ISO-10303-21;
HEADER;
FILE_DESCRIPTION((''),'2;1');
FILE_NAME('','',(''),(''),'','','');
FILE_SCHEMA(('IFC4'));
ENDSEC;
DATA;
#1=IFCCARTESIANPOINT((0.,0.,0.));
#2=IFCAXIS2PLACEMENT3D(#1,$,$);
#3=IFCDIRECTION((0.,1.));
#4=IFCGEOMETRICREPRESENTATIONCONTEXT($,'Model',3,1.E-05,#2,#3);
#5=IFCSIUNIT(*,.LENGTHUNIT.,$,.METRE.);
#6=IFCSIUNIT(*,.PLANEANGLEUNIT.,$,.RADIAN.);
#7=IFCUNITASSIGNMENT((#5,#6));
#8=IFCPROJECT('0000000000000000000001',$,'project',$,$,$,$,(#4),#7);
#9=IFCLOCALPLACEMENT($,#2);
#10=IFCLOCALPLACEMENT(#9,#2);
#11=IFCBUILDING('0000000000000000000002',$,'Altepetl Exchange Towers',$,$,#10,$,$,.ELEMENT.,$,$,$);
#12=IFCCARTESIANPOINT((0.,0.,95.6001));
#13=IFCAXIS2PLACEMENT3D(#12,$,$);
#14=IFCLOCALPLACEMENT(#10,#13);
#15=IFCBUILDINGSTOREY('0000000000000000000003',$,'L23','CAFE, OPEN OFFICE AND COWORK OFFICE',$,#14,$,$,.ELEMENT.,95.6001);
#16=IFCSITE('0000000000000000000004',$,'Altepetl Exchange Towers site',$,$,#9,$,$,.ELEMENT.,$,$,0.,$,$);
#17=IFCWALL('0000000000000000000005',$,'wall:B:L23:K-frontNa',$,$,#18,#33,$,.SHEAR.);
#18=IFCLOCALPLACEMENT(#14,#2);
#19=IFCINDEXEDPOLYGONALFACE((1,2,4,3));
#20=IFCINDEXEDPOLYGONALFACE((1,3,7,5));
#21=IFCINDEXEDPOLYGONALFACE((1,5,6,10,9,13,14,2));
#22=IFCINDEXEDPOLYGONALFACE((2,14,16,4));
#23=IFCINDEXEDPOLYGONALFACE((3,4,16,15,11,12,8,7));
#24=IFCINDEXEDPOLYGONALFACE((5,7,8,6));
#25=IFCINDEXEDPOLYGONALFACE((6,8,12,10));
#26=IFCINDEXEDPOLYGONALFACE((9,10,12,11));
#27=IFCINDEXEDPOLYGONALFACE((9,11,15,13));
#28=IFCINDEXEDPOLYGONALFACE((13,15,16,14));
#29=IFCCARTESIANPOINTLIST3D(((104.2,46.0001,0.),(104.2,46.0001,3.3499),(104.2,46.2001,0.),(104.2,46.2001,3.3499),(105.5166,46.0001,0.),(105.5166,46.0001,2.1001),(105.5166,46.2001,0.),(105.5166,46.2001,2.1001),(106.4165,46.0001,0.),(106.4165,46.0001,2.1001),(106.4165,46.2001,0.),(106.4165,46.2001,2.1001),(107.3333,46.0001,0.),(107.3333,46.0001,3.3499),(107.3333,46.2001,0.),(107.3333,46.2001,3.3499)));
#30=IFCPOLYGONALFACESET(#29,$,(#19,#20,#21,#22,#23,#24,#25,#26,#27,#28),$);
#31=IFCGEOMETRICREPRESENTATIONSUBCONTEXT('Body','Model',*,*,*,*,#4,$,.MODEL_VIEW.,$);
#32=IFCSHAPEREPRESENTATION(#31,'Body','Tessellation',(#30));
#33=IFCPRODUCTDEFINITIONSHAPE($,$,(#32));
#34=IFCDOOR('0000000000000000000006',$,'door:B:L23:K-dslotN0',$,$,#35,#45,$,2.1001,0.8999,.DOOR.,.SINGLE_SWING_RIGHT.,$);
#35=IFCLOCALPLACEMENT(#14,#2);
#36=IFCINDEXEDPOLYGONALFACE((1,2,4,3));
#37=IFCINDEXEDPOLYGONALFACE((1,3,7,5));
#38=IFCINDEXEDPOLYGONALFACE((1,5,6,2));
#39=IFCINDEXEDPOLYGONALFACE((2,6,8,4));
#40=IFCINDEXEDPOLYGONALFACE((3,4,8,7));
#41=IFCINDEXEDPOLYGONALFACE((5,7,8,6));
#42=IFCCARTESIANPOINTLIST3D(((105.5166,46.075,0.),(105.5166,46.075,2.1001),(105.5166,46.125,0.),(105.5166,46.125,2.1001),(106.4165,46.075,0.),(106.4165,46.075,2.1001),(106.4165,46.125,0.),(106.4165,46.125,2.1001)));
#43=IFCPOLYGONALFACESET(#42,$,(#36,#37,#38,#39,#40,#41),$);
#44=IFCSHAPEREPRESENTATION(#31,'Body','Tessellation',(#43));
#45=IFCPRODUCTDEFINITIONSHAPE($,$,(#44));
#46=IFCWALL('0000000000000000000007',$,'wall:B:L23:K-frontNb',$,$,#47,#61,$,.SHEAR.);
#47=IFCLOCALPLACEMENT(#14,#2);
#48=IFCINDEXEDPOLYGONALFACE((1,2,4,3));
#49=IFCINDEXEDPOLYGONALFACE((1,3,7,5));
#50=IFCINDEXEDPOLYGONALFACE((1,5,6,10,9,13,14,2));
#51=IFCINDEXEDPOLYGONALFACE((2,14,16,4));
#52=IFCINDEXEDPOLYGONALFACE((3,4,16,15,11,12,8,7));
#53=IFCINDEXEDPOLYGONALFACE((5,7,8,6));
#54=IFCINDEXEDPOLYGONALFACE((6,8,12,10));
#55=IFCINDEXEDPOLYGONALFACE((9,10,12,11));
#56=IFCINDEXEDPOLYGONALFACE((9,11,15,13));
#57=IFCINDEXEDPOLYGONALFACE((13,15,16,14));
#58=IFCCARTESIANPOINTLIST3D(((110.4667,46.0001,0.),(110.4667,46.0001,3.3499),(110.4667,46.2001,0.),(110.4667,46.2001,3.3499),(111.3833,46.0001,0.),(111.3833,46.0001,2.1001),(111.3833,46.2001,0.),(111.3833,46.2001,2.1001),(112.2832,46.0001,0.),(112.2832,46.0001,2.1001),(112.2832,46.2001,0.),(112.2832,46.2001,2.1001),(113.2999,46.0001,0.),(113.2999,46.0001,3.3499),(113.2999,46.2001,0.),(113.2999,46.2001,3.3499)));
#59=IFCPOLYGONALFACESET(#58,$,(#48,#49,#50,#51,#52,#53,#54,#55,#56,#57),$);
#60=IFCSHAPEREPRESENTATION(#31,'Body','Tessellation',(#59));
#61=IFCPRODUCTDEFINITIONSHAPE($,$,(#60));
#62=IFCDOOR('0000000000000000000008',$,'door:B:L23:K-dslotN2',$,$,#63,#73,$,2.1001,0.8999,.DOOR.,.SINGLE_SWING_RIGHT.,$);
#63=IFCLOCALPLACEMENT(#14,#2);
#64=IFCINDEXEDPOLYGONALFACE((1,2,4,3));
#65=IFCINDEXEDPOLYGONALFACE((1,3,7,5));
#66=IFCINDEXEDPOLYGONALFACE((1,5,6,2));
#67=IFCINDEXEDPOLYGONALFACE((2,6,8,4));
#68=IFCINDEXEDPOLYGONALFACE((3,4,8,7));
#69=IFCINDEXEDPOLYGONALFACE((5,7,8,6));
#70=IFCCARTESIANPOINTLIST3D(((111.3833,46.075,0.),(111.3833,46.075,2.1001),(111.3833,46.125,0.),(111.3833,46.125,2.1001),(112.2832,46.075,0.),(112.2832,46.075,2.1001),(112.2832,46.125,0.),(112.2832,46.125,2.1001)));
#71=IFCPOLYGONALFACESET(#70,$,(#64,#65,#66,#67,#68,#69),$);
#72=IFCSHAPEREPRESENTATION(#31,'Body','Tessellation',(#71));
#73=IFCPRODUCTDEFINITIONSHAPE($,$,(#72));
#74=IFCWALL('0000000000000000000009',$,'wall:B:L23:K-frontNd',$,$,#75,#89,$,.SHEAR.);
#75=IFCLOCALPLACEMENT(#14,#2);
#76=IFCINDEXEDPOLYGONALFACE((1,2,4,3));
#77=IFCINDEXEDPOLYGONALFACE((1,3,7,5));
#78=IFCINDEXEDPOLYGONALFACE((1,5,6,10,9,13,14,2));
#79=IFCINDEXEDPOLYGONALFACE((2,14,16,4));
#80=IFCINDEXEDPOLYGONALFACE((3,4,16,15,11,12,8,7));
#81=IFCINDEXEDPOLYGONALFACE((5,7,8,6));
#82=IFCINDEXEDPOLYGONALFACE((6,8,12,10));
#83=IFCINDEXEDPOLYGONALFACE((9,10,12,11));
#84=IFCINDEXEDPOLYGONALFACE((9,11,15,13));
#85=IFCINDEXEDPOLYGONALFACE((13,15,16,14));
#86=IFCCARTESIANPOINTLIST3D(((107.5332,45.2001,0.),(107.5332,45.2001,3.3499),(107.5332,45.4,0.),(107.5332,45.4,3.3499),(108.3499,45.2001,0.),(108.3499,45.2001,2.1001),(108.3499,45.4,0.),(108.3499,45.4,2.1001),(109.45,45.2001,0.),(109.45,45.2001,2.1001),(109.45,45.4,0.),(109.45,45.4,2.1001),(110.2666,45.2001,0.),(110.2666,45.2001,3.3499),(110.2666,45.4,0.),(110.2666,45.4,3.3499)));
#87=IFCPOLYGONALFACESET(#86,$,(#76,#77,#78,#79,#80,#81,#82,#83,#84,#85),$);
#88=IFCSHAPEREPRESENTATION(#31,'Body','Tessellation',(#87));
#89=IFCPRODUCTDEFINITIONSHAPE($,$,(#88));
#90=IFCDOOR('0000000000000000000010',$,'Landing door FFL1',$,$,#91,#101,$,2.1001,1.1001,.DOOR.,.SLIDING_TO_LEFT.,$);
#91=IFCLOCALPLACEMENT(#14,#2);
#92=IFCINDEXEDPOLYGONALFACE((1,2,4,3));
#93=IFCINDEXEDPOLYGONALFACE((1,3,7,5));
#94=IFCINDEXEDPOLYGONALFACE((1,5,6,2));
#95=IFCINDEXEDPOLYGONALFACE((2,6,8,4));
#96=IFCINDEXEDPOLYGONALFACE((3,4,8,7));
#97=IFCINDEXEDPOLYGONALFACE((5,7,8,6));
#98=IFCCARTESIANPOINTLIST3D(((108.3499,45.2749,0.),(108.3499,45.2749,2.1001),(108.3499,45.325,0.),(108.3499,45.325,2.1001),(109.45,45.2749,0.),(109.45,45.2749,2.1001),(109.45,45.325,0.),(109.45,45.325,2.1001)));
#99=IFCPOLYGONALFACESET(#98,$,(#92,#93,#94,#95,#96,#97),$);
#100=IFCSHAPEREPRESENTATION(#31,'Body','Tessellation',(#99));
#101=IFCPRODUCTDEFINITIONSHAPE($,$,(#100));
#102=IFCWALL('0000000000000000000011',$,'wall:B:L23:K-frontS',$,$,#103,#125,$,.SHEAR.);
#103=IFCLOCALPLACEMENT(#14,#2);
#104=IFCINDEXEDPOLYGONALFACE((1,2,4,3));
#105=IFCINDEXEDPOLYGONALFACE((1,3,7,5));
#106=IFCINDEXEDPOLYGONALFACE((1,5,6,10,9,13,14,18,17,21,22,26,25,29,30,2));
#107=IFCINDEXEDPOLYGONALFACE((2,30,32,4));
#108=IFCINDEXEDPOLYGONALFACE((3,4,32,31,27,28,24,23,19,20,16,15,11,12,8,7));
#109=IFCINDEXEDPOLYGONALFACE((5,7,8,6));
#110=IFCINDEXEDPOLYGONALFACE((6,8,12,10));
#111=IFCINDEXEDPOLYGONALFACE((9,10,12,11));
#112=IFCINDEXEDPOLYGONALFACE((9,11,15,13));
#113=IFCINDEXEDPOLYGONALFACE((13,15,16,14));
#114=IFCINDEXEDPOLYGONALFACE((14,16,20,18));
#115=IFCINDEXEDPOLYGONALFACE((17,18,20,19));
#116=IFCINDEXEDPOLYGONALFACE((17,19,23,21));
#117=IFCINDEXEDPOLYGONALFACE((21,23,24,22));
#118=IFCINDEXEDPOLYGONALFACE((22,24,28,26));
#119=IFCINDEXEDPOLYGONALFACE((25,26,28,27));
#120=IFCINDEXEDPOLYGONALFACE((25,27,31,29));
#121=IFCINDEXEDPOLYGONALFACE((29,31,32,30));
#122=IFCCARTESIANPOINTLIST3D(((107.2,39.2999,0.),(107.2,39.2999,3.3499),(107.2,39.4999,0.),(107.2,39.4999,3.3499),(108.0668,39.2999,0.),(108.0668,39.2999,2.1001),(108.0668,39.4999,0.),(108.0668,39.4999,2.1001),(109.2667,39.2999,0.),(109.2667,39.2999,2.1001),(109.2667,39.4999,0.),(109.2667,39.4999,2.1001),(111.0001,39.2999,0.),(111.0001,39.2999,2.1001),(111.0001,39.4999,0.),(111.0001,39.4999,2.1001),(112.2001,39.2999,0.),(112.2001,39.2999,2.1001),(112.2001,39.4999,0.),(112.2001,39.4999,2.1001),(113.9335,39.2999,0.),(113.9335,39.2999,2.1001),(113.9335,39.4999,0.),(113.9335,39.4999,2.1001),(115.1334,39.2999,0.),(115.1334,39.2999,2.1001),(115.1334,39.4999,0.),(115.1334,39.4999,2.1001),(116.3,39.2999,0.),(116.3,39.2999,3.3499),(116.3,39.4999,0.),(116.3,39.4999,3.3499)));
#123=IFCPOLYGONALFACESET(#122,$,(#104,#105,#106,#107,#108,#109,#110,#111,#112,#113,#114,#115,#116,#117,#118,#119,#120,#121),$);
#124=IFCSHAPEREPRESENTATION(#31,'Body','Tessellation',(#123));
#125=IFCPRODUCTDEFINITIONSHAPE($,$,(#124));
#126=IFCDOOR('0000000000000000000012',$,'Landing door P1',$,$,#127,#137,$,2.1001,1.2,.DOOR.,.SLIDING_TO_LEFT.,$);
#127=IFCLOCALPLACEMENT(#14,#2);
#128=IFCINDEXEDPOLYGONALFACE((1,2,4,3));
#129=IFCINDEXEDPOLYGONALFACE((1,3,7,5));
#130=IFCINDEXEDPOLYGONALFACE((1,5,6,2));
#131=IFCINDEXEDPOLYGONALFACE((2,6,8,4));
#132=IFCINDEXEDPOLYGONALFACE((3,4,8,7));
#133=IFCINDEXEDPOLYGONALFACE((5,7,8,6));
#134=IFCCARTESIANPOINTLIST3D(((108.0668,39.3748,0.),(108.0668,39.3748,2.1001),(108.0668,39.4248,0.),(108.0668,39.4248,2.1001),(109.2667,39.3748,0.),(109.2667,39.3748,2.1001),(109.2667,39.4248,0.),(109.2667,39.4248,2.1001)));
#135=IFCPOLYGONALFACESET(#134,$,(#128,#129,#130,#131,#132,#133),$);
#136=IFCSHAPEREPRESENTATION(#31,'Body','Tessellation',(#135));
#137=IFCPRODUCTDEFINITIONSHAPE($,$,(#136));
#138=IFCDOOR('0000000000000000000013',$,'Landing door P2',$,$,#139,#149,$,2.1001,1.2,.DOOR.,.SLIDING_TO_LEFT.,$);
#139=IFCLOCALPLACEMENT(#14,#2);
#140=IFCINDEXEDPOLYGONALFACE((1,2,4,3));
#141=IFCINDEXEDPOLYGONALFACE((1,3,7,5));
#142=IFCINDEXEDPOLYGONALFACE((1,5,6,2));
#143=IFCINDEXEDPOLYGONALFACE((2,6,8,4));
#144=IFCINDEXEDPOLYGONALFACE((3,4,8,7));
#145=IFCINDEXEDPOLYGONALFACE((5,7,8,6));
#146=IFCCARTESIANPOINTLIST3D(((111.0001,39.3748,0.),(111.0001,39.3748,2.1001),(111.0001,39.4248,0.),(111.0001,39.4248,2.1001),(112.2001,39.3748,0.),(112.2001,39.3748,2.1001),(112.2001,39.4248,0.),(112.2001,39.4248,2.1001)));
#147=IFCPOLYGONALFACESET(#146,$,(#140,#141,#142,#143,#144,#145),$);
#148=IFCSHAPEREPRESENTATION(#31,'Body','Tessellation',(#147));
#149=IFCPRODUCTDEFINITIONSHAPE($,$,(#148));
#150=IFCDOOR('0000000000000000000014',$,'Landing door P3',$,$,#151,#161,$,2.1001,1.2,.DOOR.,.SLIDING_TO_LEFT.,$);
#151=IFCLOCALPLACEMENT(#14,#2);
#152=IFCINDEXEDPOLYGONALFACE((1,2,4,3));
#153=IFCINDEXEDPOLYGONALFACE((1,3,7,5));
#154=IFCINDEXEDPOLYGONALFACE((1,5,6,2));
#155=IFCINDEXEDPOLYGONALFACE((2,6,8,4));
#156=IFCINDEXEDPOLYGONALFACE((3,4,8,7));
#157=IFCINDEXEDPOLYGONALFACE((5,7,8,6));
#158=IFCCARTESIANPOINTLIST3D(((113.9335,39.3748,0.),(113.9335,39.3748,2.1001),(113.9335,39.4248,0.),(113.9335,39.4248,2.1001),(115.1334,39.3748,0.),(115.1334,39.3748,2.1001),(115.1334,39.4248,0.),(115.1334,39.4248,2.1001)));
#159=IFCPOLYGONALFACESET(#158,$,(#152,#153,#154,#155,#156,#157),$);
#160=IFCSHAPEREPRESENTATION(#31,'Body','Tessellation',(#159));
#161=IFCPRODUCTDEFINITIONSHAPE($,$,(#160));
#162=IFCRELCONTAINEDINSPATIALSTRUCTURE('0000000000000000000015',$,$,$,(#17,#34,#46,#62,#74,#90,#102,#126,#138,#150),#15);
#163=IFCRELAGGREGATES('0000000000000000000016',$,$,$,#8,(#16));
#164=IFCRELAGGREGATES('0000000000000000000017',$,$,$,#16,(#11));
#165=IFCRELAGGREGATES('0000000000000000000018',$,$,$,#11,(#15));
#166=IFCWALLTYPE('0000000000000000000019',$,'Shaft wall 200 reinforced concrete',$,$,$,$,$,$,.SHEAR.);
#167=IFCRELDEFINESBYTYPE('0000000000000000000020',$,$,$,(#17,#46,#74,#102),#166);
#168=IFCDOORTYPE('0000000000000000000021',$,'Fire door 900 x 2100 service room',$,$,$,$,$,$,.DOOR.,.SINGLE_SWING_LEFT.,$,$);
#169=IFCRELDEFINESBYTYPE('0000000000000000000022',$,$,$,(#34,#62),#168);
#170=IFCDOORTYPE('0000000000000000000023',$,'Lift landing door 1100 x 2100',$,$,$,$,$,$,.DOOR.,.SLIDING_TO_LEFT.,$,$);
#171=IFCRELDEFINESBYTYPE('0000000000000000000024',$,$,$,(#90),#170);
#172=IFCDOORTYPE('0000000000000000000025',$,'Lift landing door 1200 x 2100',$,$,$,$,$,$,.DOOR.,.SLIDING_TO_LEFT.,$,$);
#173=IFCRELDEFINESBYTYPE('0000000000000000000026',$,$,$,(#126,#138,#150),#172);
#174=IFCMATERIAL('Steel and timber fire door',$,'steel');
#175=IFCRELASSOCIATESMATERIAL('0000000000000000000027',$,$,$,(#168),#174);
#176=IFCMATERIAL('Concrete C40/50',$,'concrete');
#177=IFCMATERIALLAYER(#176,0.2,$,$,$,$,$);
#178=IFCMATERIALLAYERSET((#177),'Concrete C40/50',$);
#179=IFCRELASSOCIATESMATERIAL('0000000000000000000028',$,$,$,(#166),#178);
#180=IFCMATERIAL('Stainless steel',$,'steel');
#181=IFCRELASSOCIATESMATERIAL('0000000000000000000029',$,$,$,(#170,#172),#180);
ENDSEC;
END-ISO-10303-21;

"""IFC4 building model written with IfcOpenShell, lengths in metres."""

from ifc_helpers import new_model, si_unit, direction, frame, frame_2d, origin, place, context, subcontext, project, spatial, rectangle, extrude, material, layer, layer_set, type_object, element, fill, save


model = new_model("IFC4")

# Units and contexts
model_context = context("Model", 3, precision=1e-05, world=origin(), true_north=direction((0.0, 1.0)))
body_context = subcontext(model_context, "Body", "Model", "MODEL_VIEW")
ifc_project = project(units=[si_unit("LENGTHUNIT", "METRE"), si_unit("PLANEANGLEUNIT", "RADIAN")], contexts=[model_context])

# Site, building, storey
site_placement = place(None, origin())
site = spatial("IfcSite", under=ifc_project, at=site_placement, Name="Altepetl Exchange Towers site", CompositionType="ELEMENT", RefElevation=0.0)
building_placement = place(site_placement, origin())
building = spatial("IfcBuilding", under=site, at=building_placement, Name="Altepetl Exchange Towers", CompositionType="ELEMENT")
storey_placement = place(building_placement, frame((0.0, 0.0, 95.6001)))
storey = spatial("IfcBuildingStorey", under=building, at=storey_placement, Name="L23", Description="CAFE, OPEN OFFICE AND COWORK OFFICE", CompositionType="ELEMENT", Elevation=95.6001)

# Shared definitions
ifc_material_1 = material(Name="Steel and timber fire door", Category="steel")
door_type_1 = type_object("IfcDoorType", Name="Fire door 900 x 2100 service room", OperationType="SINGLE_SWING_LEFT", PredefinedType="DOOR", material=ifc_material_1)

# Shared definitions
ifc_material_2 = material(Name="Concrete C40/50", Category="concrete")
ifc_layer_1 = layer(ifc_material_2, 0.2)
ifc_layer_set_1 = layer_set([ifc_layer_1], Name="Concrete C40/50")
wall_type_1 = type_object("IfcWallType", Name="Shaft wall 200 reinforced concrete", PredefinedType="SHEAR", material=ifc_layer_set_1)

# Walls, openings, doors
wall_1_placement = place(storey_placement, frame((104.2, 46.1001, 0.0)))
wall_1 = element("IfcWall", 1, at=wall_1_placement, inside=storey, type_object=wall_type_1, Name="wall:B:L23:K-frontNa", PredefinedType="SHEAR", context=body_context, shape_type="SweptSolid", body=[
    extrude(rectangle(XDim=3.1333, YDim=0.2, at=frame_2d((1.5667, 0.0))), origin(), (0.0, 0.0, 1.0), 3.3499),
])
opening_1_placement = place(wall_1_placement, frame((1.3167, 0.0, 0.0)))
opening_1 = element("IfcOpeningElement", 2, at=opening_1_placement, cuts=wall_1, PredefinedType="OPENING", context=body_context, shape_type="SweptSolid", body=[
    extrude(rectangle(XDim=0.8999, YDim=2.1001, at=frame_2d((0.45, 1.05))), frame((0.0, 0.1099, 0.0), z_axis=(0.0, -1.0, 0.0), x_axis=(1.0, 0.0, 0.0)), (0.0, 0.0, 1.0), 0.22),
])
door_1_placement = place(opening_1_placement, origin())
door_1 = element("IfcDoor", 3, at=door_1_placement, inside=storey, type_object=door_type_1, Name="door:B:L23:K-dslotN0", OperationType="SINGLE_SWING_RIGHT", OverallHeight=2.1001, OverallWidth=0.8999, PredefinedType="DOOR", context=body_context, shape_type="SweptSolid", body=[
    extrude(rectangle(XDim=0.8999, YDim=2.1001, at=frame_2d((0.45, 1.05))), frame((0.0, 0.0249, 0.0), z_axis=(0.0, -1.0, 0.0), x_axis=(1.0, 0.0, 0.0)), (0.0, 0.0, 1.0), 0.05),
])
fill(opening_1, door_1)
wall_2_placement = place(storey_placement, frame((110.4668, 46.1001, 0.0)))
wall_2 = element("IfcWall", 4, at=wall_2_placement, inside=storey, type_object=wall_type_1, Name="wall:B:L23:K-frontNb", PredefinedType="SHEAR", context=body_context, shape_type="SweptSolid", body=[
    extrude(rectangle(XDim=2.8333, YDim=0.2, at=frame_2d((1.4165, 0.0))), origin(), (0.0, 0.0, 1.0), 3.3499),
])
opening_2_placement = place(wall_2_placement, frame((0.9165, 0.0, 0.0)))
opening_2 = element("IfcOpeningElement", 5, at=opening_2_placement, cuts=wall_2, PredefinedType="OPENING", context=body_context, shape_type="SweptSolid", body=[
    extrude(rectangle(XDim=0.8999, YDim=2.1001, at=frame_2d((0.45, 1.05))), frame((0.0, 0.1099, 0.0), z_axis=(0.0, -1.0, 0.0), x_axis=(1.0, 0.0, 0.0)), (0.0, 0.0, 1.0), 0.22),
])
door_2_placement = place(opening_2_placement, origin())
door_2 = element("IfcDoor", 6, at=door_2_placement, inside=storey, type_object=door_type_1, Name="door:B:L23:K-dslotN2", OperationType="SINGLE_SWING_RIGHT", OverallHeight=2.1001, OverallWidth=0.8999, PredefinedType="DOOR", context=body_context, shape_type="SweptSolid", body=[
    extrude(rectangle(XDim=0.8999, YDim=2.1001, at=frame_2d((0.45, 1.05))), frame((0.0, 0.0249, 0.0), z_axis=(0.0, -1.0, 0.0), x_axis=(1.0, 0.0, 0.0)), (0.0, 0.0, 1.0), 0.05),
])
fill(opening_2, door_2)
wall_3_placement = place(storey_placement, frame((107.5332, 45.3, 0.0)))
wall_3 = element("IfcWall", 7, at=wall_3_placement, inside=storey, type_object=wall_type_1, Name="wall:B:L23:K-frontNd", PredefinedType="SHEAR", context=body_context, shape_type="SweptSolid", body=[
    extrude(rectangle(XDim=2.7334, YDim=0.2, at=frame_2d((1.3667, 0.0))), origin(), (0.0, 0.0, 1.0), 3.3499),
])
opening_3_placement = place(wall_3_placement, frame((0.8167, 0.0, 0.0)))
opening_3 = element("IfcOpeningElement", 8, at=opening_3_placement, cuts=wall_3, PredefinedType="OPENING", context=body_context, shape_type="SweptSolid", body=[
    extrude(rectangle(XDim=1.1001, YDim=2.1001, at=frame_2d((0.55, 1.05))), frame((0.0, 0.1099, 0.0), z_axis=(0.0, -1.0, 0.0), x_axis=(1.0, 0.0, 0.0)), (0.0, 0.0, 1.0), 0.22),
])
ifc_material_3 = material(Name="Stainless steel", Category="steel")
door_type_2 = type_object("IfcDoorType", Name="Lift landing door 1100 x 2100", OperationType="SLIDING_TO_LEFT", PredefinedType="DOOR", material=ifc_material_3)
door_3_placement = place(opening_3_placement, origin())
door_3 = element("IfcDoor", 9, at=door_3_placement, inside=storey, type_object=door_type_2, Name="Landing door FFL1", OperationType="SLIDING_TO_LEFT", OverallHeight=2.1001, OverallWidth=1.1001, PredefinedType="DOOR", context=body_context, shape_type="SweptSolid", body=[
    extrude(rectangle(XDim=1.1001, YDim=2.1001, at=frame_2d((0.55, 1.05))), frame((0.0, 0.0249, 0.0), z_axis=(0.0, -1.0, 0.0), x_axis=(1.0, 0.0, 0.0)), (0.0, 0.0, 1.0), 0.05),
])
fill(opening_3, door_3)

# Wall, openings, doors
wall_4_placement = place(storey_placement, frame((107.2, 39.3999, 0.0)))
wall_4 = element("IfcWall", 10, at=wall_4_placement, inside=storey, type_object=wall_type_1, Name="wall:B:L23:K-frontS", PredefinedType="SHEAR", context=body_context, shape_type="SweptSolid", body=[
    extrude(rectangle(XDim=9.1001, YDim=0.2, at=frame_2d((4.55, 0.0))), origin(), (0.0, 0.0, 1.0), 3.3499),
])
opening_4_placement = place(wall_4_placement, frame((0.8667, 0.0, 0.0)))
opening_4 = element("IfcOpeningElement", 11, at=opening_4_placement, cuts=wall_4, PredefinedType="OPENING", context=body_context, shape_type="SweptSolid", body=[
    extrude(rectangle(XDim=1.2, YDim=2.1001, at=frame_2d((0.6001, 1.05))), frame((0.0, 0.1099, 0.0), z_axis=(0.0, -1.0, 0.0), x_axis=(1.0, 0.0, 0.0)), (0.0, 0.0, 1.0), 0.22),
])
opening_5_placement = place(wall_4_placement, frame((3.8, 0.0, 0.0)))
opening_5 = element("IfcOpeningElement", 12, at=opening_5_placement, cuts=wall_4, PredefinedType="OPENING", context=body_context, shape_type="SweptSolid", body=[
    extrude(rectangle(XDim=1.2, YDim=2.1001, at=frame_2d((0.6001, 1.05))), frame((0.0, 0.1099, 0.0), z_axis=(0.0, -1.0, 0.0), x_axis=(1.0, 0.0, 0.0)), (0.0, 0.0, 1.0), 0.22),
])
opening_6_placement = place(wall_4_placement, frame((6.7334, 0.0, 0.0)))
opening_6 = element("IfcOpeningElement", 13, at=opening_6_placement, cuts=wall_4, PredefinedType="OPENING", context=body_context, shape_type="SweptSolid", body=[
    extrude(rectangle(XDim=1.2, YDim=2.1001, at=frame_2d((0.6001, 1.05))), frame((0.0, 0.1099, 0.0), z_axis=(0.0, -1.0, 0.0), x_axis=(1.0, 0.0, 0.0)), (0.0, 0.0, 1.0), 0.22),
])
door_type_3 = type_object("IfcDoorType", Name="Lift landing door 1200 x 2100", OperationType="SLIDING_TO_LEFT", PredefinedType="DOOR", material=ifc_material_3)
door_4_placement = place(opening_4_placement, origin())
door_4 = element("IfcDoor", 14, at=door_4_placement, inside=storey, type_object=door_type_3, Name="Landing door P1", OperationType="SLIDING_TO_LEFT", OverallHeight=2.1001, OverallWidth=1.2, PredefinedType="DOOR", context=body_context, shape_type="SweptSolid", body=[
    extrude(rectangle(XDim=1.2, YDim=2.1001, at=frame_2d((0.6001, 1.05))), frame((0.0, 0.0249, 0.0), z_axis=(0.0, -1.0, 0.0), x_axis=(1.0, 0.0, 0.0)), (0.0, 0.0, 1.0), 0.05),
])
fill(opening_4, door_4)
door_5_placement = place(opening_5_placement, origin())
door_5 = element("IfcDoor", 15, at=door_5_placement, inside=storey, type_object=door_type_3, Name="Landing door P2", OperationType="SLIDING_TO_LEFT", OverallHeight=2.1001, OverallWidth=1.2, PredefinedType="DOOR", context=body_context, shape_type="SweptSolid", body=[
    extrude(rectangle(XDim=1.2, YDim=2.1001, at=frame_2d((0.6001, 1.05))), frame((0.0, 0.0249, 0.0), z_axis=(0.0, -1.0, 0.0), x_axis=(1.0, 0.0, 0.0)), (0.0, 0.0, 1.0), 0.05),
])
fill(opening_5, door_5)
door_6_placement = place(opening_6_placement, origin())
door_6 = element("IfcDoor", 16, at=door_6_placement, inside=storey, type_object=door_type_3, Name="Landing door P3", OperationType="SLIDING_TO_LEFT", OverallHeight=2.1001, OverallWidth=1.2, PredefinedType="DOOR", context=body_context, shape_type="SweptSolid", body=[
    extrude(rectangle(XDim=1.2, YDim=2.1001, at=frame_2d((0.6001, 1.05))), frame((0.0, 0.0249, 0.0), z_axis=(0.0, -1.0, 0.0), x_axis=(1.0, 0.0, 0.0)), (0.0, 0.0, 1.0), 0.05),
])
fill(opening_6, door_6)

save(model, "model.ifc")
